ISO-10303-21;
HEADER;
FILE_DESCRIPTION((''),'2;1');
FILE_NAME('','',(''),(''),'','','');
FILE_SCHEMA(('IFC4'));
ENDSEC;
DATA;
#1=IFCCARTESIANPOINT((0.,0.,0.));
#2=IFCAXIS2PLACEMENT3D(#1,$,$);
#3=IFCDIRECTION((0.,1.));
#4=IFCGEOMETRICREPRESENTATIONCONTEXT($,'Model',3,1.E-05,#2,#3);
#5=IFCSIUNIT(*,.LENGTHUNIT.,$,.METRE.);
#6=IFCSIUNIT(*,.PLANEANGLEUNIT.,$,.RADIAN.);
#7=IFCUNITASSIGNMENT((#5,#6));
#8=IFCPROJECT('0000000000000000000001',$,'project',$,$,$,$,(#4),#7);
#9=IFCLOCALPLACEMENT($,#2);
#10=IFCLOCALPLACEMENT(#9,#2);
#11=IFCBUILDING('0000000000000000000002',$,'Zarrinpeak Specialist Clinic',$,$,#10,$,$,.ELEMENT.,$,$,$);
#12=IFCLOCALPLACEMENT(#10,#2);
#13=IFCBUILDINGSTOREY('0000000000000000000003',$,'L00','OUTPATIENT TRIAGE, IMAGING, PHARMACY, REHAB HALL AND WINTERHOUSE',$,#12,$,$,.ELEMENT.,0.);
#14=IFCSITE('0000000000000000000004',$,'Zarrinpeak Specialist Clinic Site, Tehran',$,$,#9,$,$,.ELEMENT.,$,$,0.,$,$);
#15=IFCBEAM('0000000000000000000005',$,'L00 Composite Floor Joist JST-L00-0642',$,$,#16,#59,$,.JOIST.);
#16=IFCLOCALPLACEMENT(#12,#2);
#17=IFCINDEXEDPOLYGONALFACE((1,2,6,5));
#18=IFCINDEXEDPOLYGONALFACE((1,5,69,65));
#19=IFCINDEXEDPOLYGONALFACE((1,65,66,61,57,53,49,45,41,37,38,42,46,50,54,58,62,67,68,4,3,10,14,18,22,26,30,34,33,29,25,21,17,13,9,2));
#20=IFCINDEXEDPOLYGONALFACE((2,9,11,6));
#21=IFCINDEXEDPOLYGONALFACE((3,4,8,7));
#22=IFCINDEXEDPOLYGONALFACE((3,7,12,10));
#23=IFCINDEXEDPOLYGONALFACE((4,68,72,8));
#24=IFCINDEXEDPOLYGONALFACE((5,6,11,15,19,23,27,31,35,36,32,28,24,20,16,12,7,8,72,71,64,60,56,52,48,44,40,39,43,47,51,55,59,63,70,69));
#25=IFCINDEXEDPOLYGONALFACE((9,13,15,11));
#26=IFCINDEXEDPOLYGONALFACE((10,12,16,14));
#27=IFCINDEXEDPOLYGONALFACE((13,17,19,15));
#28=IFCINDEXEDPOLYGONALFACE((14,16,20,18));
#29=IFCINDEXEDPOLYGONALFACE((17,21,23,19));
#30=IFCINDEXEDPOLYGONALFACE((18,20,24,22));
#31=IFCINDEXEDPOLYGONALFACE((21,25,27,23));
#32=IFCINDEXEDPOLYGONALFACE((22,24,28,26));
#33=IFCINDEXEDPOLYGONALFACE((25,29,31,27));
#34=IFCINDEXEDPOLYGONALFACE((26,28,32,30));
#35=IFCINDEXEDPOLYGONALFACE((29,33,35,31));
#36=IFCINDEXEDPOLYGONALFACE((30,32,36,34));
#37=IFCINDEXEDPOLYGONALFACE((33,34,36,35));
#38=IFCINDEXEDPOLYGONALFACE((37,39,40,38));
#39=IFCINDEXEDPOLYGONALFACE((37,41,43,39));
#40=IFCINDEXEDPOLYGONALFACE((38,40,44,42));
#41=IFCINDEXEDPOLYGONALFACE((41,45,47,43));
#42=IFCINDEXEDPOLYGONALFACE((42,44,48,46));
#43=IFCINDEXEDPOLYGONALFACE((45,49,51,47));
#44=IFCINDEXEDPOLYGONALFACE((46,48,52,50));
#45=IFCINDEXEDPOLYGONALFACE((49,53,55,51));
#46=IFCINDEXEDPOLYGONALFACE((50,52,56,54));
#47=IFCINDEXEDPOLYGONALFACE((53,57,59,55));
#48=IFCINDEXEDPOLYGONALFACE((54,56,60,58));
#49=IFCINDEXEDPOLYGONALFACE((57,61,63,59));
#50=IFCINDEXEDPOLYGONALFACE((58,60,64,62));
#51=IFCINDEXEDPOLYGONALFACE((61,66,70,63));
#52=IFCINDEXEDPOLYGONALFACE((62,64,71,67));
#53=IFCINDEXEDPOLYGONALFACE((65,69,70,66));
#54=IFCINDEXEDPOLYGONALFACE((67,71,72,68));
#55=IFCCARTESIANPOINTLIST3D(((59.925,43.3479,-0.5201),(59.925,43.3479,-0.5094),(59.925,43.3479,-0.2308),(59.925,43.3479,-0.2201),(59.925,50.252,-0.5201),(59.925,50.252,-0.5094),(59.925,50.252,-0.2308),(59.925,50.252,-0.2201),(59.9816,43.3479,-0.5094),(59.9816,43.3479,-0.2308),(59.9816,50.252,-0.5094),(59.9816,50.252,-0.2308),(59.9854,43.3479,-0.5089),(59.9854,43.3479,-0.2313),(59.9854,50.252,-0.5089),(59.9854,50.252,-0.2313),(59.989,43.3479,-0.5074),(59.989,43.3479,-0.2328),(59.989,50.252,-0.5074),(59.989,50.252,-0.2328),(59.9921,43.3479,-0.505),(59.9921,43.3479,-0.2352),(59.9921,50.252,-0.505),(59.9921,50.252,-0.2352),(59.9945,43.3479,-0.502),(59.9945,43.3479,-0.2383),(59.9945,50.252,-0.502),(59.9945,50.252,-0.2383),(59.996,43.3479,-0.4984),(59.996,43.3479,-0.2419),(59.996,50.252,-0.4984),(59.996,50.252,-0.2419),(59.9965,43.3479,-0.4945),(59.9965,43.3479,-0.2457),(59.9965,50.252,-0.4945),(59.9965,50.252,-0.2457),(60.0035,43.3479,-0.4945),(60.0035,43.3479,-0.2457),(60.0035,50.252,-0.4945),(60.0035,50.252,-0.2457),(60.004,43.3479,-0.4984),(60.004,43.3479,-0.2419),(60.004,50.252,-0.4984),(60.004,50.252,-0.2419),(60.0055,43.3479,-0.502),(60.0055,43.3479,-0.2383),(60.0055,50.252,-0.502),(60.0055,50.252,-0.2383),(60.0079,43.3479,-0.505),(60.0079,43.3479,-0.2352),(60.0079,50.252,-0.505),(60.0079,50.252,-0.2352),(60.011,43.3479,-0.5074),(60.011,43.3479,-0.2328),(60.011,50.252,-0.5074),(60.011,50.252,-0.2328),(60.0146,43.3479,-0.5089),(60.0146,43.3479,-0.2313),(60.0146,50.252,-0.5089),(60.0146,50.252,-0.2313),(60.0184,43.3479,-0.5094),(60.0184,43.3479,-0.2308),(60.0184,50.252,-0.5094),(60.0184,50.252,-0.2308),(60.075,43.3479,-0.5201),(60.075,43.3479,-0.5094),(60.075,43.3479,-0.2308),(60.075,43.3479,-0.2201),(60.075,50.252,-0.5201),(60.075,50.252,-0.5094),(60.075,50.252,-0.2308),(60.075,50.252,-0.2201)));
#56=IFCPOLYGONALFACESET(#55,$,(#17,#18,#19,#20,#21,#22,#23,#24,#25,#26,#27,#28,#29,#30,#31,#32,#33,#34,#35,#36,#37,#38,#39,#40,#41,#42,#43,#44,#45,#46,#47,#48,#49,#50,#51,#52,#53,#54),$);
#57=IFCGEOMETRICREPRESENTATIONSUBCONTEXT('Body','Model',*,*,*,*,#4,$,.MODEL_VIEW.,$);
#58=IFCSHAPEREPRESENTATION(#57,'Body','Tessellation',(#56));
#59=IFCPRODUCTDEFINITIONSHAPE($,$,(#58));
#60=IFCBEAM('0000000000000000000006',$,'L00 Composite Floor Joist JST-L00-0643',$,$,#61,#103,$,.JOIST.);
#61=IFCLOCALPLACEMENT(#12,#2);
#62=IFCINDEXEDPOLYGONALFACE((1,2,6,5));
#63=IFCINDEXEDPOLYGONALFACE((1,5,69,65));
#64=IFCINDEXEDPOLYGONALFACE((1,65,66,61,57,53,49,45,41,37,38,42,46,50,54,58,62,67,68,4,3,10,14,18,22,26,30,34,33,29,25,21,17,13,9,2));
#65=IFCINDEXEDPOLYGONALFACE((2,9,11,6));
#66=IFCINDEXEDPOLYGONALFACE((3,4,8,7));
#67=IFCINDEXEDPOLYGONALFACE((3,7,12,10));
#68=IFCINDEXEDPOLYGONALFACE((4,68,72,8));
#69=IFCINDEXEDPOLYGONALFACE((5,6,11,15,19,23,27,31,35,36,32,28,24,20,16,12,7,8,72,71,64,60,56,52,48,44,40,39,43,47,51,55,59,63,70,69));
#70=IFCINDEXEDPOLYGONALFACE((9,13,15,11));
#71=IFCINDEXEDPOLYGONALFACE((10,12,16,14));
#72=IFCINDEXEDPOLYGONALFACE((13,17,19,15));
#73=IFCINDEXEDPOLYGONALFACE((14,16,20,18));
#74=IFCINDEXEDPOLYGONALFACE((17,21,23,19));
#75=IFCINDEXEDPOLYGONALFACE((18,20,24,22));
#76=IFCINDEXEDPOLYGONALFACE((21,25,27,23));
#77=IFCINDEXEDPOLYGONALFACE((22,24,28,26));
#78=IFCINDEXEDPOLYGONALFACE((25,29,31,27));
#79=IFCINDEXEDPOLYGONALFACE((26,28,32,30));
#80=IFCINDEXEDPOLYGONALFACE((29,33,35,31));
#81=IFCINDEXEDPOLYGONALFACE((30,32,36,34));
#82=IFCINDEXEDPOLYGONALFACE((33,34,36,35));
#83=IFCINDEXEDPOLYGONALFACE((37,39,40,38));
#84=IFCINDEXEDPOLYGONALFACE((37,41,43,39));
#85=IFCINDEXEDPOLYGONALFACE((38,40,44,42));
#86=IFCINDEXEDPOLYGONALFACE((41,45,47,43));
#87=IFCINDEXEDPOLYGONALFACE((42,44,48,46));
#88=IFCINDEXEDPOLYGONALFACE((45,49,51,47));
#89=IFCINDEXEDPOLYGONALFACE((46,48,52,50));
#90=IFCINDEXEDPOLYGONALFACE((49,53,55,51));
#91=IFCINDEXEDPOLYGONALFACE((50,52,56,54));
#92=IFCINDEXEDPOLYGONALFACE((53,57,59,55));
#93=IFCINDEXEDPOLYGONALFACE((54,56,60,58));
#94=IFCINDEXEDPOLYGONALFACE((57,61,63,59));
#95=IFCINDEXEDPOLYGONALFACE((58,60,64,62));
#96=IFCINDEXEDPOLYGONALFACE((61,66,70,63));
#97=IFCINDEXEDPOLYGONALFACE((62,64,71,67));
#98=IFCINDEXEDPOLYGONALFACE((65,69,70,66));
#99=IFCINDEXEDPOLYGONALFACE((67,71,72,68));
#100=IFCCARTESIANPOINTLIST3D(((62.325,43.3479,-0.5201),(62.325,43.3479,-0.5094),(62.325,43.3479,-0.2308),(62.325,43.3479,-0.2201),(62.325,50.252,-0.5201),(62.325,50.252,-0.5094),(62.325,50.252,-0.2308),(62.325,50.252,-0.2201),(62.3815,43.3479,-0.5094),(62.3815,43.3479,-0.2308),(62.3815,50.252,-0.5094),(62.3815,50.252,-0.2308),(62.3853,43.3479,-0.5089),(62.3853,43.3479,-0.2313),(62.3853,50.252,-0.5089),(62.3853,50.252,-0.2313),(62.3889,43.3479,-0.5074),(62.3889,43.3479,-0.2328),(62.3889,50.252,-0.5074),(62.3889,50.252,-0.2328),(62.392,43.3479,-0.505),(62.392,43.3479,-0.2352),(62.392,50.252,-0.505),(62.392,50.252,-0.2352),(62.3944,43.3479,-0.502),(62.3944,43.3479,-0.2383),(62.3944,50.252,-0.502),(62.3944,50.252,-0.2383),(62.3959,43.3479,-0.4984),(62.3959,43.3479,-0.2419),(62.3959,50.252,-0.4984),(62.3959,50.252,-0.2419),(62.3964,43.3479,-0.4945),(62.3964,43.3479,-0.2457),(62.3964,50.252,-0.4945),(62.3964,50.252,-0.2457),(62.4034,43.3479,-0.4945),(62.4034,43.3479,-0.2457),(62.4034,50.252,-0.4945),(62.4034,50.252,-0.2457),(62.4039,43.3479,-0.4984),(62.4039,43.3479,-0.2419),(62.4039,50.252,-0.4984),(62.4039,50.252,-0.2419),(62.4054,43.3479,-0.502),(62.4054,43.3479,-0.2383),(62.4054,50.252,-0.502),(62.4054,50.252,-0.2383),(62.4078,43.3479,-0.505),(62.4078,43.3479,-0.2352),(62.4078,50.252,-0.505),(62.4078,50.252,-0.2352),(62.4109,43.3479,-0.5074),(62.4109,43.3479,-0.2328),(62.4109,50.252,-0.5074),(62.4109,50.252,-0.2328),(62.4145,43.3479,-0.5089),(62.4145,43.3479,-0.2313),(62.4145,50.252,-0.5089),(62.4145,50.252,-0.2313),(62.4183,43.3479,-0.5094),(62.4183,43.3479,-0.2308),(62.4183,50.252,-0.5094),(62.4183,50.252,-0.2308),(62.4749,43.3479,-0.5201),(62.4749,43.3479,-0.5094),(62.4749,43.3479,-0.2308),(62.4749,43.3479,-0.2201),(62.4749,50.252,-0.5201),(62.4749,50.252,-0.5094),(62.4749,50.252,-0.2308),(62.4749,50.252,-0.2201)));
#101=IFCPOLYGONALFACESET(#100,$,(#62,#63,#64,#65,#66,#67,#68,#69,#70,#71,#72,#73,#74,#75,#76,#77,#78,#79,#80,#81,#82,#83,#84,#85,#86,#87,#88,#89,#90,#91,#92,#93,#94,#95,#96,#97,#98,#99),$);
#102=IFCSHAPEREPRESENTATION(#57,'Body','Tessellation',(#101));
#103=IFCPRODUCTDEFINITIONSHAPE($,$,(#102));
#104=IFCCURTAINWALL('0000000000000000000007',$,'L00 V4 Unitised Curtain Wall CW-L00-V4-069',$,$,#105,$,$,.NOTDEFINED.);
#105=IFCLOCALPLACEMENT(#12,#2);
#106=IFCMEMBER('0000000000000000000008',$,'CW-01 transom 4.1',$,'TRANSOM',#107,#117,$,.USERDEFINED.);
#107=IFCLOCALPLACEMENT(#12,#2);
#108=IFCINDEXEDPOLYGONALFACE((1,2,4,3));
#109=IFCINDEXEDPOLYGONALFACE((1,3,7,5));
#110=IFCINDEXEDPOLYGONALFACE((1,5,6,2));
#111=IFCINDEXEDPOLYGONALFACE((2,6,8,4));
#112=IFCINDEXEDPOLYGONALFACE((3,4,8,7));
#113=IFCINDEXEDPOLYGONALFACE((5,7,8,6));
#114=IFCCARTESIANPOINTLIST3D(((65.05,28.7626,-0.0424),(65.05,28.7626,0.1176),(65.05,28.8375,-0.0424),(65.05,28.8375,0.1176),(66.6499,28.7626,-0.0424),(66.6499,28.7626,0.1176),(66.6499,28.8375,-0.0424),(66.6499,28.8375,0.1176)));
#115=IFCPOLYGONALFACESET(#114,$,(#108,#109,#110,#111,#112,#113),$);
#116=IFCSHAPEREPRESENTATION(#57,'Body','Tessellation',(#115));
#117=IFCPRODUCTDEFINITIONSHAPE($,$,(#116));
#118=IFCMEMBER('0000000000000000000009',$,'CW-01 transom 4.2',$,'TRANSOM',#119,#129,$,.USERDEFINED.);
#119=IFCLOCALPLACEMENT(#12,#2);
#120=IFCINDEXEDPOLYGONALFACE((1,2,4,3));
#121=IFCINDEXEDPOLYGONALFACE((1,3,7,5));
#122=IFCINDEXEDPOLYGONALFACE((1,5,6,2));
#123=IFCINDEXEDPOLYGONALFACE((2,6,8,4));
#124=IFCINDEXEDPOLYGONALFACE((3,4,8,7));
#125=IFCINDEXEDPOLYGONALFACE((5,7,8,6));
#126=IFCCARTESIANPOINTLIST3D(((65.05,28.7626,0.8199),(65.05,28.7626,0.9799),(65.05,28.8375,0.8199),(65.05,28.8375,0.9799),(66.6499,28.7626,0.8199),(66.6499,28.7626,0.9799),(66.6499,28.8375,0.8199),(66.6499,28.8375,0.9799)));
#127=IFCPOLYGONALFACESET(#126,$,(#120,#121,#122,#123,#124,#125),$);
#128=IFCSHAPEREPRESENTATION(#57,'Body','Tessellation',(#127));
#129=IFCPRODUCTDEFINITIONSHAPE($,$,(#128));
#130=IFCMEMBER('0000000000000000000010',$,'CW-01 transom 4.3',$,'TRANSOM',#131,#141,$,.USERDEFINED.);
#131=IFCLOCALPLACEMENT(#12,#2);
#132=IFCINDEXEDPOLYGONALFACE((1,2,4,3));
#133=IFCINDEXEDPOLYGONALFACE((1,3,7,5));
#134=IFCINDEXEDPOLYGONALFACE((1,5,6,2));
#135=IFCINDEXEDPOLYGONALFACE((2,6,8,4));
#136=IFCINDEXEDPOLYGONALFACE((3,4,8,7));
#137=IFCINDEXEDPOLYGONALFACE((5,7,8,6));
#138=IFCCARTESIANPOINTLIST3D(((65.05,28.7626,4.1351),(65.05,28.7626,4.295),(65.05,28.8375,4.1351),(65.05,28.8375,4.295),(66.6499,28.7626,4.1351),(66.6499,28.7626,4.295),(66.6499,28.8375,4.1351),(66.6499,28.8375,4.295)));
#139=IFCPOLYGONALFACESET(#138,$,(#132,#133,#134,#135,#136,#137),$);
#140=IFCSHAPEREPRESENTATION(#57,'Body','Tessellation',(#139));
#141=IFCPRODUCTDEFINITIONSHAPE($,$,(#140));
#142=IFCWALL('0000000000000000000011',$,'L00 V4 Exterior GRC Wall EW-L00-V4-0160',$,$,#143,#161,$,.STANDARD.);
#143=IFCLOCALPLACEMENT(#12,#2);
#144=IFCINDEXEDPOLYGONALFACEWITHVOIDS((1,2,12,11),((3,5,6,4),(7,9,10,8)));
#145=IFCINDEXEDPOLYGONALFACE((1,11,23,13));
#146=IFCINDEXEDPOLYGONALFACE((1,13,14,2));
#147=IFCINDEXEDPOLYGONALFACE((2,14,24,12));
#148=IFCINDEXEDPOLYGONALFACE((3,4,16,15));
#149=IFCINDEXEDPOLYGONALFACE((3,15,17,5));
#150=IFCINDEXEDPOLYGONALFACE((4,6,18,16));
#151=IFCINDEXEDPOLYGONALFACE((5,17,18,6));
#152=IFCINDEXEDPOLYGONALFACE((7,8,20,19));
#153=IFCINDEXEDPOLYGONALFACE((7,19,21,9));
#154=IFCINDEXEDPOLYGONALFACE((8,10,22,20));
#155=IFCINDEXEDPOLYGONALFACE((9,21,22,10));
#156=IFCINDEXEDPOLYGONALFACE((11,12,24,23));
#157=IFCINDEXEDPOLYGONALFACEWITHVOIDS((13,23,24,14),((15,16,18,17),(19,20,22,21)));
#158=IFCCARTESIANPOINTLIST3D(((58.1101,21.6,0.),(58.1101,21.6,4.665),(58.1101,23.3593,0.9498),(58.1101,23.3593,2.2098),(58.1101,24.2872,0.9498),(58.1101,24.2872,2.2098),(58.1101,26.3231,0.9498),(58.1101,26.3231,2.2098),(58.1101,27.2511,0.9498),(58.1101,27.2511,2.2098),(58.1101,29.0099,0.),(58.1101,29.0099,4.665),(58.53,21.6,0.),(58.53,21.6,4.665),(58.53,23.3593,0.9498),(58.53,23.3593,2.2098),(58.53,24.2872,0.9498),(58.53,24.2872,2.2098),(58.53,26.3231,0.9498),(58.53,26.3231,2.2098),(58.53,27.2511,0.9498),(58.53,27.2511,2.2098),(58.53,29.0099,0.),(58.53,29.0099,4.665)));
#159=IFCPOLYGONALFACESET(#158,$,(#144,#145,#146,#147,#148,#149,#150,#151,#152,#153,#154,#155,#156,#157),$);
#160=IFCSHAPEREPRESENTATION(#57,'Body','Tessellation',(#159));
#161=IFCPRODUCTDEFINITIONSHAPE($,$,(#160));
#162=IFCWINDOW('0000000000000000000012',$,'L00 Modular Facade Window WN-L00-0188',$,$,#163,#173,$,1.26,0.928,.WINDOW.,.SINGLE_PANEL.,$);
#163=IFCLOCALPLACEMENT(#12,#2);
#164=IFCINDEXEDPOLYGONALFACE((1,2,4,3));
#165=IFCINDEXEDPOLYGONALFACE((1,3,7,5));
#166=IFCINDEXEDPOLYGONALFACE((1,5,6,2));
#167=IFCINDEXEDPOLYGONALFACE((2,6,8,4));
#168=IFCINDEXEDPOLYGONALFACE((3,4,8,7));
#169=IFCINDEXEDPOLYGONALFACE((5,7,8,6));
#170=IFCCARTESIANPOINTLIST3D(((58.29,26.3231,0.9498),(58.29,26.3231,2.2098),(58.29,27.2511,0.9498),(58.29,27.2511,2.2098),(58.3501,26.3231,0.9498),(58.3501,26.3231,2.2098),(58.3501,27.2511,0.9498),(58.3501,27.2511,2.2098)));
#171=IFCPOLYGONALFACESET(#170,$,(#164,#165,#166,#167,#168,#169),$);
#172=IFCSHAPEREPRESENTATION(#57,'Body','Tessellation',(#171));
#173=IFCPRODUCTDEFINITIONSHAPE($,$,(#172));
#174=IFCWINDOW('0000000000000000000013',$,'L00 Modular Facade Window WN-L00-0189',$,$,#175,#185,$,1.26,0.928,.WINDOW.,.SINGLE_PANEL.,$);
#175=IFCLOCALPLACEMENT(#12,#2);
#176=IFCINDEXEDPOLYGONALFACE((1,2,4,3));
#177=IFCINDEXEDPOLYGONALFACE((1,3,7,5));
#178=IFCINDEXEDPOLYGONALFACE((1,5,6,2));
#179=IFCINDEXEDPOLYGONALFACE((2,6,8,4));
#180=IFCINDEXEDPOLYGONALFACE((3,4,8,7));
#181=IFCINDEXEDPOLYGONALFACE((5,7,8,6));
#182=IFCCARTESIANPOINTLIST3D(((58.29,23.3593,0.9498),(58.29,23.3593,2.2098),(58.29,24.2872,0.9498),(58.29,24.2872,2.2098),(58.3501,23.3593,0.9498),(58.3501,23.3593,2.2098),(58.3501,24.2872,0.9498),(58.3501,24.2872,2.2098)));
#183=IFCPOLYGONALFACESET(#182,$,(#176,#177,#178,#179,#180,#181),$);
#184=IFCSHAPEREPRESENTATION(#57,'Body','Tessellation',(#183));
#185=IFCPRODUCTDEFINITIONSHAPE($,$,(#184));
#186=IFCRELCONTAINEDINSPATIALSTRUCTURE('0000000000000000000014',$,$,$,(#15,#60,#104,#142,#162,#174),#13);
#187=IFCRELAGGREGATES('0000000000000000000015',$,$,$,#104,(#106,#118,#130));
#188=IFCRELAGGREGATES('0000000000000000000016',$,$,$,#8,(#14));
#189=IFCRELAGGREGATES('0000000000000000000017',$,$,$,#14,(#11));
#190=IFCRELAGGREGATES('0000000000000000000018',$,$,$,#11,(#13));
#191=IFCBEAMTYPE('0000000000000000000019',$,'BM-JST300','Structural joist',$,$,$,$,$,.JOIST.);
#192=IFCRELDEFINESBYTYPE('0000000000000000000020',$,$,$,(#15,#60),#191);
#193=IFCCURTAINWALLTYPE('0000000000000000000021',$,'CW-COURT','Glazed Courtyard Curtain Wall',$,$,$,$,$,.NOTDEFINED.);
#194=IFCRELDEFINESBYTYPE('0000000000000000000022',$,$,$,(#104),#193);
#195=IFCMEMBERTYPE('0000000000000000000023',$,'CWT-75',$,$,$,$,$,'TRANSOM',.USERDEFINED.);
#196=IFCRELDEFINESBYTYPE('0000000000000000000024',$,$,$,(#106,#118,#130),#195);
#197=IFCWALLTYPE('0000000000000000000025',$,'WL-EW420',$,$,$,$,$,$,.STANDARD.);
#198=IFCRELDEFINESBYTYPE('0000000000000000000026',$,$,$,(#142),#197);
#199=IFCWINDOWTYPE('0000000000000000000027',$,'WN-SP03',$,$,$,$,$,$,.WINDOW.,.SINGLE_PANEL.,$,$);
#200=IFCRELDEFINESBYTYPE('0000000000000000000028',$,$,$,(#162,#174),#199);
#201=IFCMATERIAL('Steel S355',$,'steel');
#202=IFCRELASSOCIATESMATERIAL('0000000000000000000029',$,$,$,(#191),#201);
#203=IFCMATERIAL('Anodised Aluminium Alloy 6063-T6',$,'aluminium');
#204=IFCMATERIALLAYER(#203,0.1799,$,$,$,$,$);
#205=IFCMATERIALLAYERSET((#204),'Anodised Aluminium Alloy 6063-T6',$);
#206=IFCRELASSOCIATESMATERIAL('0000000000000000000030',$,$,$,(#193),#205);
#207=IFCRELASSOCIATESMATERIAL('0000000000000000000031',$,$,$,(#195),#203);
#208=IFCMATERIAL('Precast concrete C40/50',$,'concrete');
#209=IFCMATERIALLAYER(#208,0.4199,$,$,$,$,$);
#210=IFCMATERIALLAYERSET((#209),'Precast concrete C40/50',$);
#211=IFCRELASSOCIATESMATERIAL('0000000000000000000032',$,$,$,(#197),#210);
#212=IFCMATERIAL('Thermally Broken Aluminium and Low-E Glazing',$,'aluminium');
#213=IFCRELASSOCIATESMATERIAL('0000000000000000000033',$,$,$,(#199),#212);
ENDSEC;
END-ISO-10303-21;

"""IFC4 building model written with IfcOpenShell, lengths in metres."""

from ifc_helpers import new_model, si_unit, direction, frame, frame_2d, origin, origin_2d, place, context, subcontext, project, spatial, rectangle, i_section, extrude, material, layer, layer_set, material_profile, profile_set, type_object, element, fill, aggregate, save


model = new_model("IFC4")

# Units and contexts
model_context = context("Model", 3, precision=1e-05, world=origin(), true_north=direction((0.0, 1.0)))
body_context = subcontext(model_context, "Body", "Model", "MODEL_VIEW")
ifc_project = project(units=[si_unit("LENGTHUNIT", "METRE"), si_unit("PLANEANGLEUNIT", "RADIAN")], contexts=[model_context])

# Site, building, storey
site_placement = place(None, origin())
site = spatial("IfcSite", under=ifc_project, at=site_placement, Name="Zarrinpeak Specialist Clinic Site, Tehran", CompositionType="ELEMENT", RefElevation=0.0)
building_placement = place(site_placement, origin())
building = spatial("IfcBuilding", under=site, at=building_placement, Name="Zarrinpeak Specialist Clinic", CompositionType="ELEMENT")
storey_placement = place(building_placement, origin())
storey = spatial("IfcBuildingStorey", under=building, at=storey_placement, Name="L00", Description="OUTPATIENT TRIAGE, IMAGING, PHARMACY, REHAB HALL AND WINTERHOUSE", CompositionType="ELEMENT", Elevation=0.0)

# Beams
ifc_material_1 = material(Name="Steel S355", Category="steel")
ifc_material_profile_1 = material_profile(ifc_material_1, i_section(OverallWidth=0.1499, OverallDepth=0.3, WebThickness=0.0071, FlangeThickness=0.0107, FilletRadius=0.0149, at=origin_2d()), Name="IPE 300")
ifc_profile_set_1 = profile_set([ifc_material_profile_1], Name="Steel S355")
beam_type_1 = type_object("IfcBeamType", Name="BM-JST300", Description="Structural joist", PredefinedType="JOIST", material=ifc_profile_set_1)
for number, where, z_axis, x_axis, name in (
    (1, (60.0, 43.3479, -0.3701), (0.0, 1.0, 0.0), (-1.0, 0.0, 0.0), "L00 Composite Floor Joist JST-L00-0642"),
    (2, (62.3999, 43.3479, -0.3701), (0.0, 1.0, 0.0), (-1.0, 0.0, 0.0), "L00 Composite Floor Joist JST-L00-0643"),
):
    element("IfcBeam", number, at=place(storey_placement, frame(where, z_axis=z_axis, x_axis=x_axis)), inside=storey, type_object=beam_type_1, Name=name, PredefinedType="JOIST", context=body_context, shape_type="SweptSolid", body=[
        extrude(i_section(OverallWidth=0.1499, OverallDepth=0.3, WebThickness=0.0071, FlangeThickness=0.0107, FilletRadius=0.0149, at=origin_2d()), origin(), (0.0, 0.0, 1.0), 6.9041),
    ])

# Curtain wall, members
ifc_material_2 = material(Name="Anodised Aluminium Alloy 6063-T6", Category="aluminium")
ifc_layer_1 = layer(ifc_material_2, 0.1799)
ifc_layer_set_1 = layer_set([ifc_layer_1], Name="Anodised Aluminium Alloy 6063-T6")
curtain_wall_type = type_object("IfcCurtainWallType", Name="CW-COURT", Description="Glazed Courtyard Curtain Wall", PredefinedType="NOTDEFINED", material=ifc_layer_set_1)
curtain_wall_placement = place(storey_placement, origin())
curtain_wall = element("IfcCurtainWall", 3, at=curtain_wall_placement, inside=storey, type_object=curtain_wall_type, Name="L00 V4 Unitised Curtain Wall CW-L00-V4-069", PredefinedType="NOTDEFINED")
ifc_material_profile_2 = material_profile(ifc_material_2, rectangle(XDim=0.075, YDim=0.1599, at=origin_2d()), Name="ALU 75x160")
ifc_profile_set_2 = profile_set([ifc_material_profile_2], Name="Anodised Aluminium Alloy 6063-T6")
member_type = type_object("IfcMemberType", Name="CWT-75", ElementType="TRANSOM", PredefinedType="USERDEFINED", material=ifc_profile_set_2)
member_1_placement = place(storey_placement, frame((66.6499, 28.8, 0.0376), z_axis=(-1.0, 0.0, 0.0), x_axis=(0.0, -1.0, 0.0)))
member_1 = element("IfcMember", 4, at=member_1_placement, type_object=member_type, Name="CW-01 transom 4.1", ObjectType="TRANSOM", PredefinedType="USERDEFINED", context=body_context, shape_type="SweptSolid", body=[
    extrude(rectangle(XDim=0.075, YDim=0.1599, at=origin_2d()), origin(), (0.0, 0.0, 1.0), 1.5999),
])
member_2_placement = place(storey_placement, frame((66.6499, 28.8, 0.8999), z_axis=(-1.0, 0.0, 0.0), x_axis=(0.0, -1.0, 0.0)))
member_2 = element("IfcMember", 5, at=member_2_placement, type_object=member_type, Name="CW-01 transom 4.2", ObjectType="TRANSOM", PredefinedType="USERDEFINED", context=body_context, shape_type="SweptSolid", body=[
    extrude(rectangle(XDim=0.075, YDim=0.1599, at=origin_2d()), origin(), (0.0, 0.0, 1.0), 1.5999),
])
member_3_placement = place(storey_placement, frame((66.6499, 28.8, 4.2151), z_axis=(-1.0, 0.0, 0.0), x_axis=(0.0, -1.0, 0.0)))
member_3 = element("IfcMember", 6, at=member_3_placement, type_object=member_type, Name="CW-01 transom 4.3", ObjectType="TRANSOM", PredefinedType="USERDEFINED", context=body_context, shape_type="SweptSolid", body=[
    extrude(rectangle(XDim=0.075, YDim=0.1599, at=origin_2d()), origin(), (0.0, 0.0, 1.0), 1.5999),
])
aggregate(curtain_wall, [member_1, member_2, member_3])

# Wall, openings, windows
ifc_material_3 = material(Name="Precast concrete C40/50", Category="concrete")
ifc_layer_2 = layer(ifc_material_3, 0.4199)
ifc_layer_set_2 = layer_set([ifc_layer_2], Name="Precast concrete C40/50")
wall_type = type_object("IfcWallType", Name="WL-EW420", PredefinedType="STANDARD", material=ifc_layer_set_2)
wall_placement = place(storey_placement, frame((58.3201, 29.01, 0.0), z_axis=(0.0, 0.0, 1.0), x_axis=(0.0, -1.0, 0.0)))
wall = element("IfcWall", 7, at=wall_placement, inside=storey, type_object=wall_type, Name="L00 V4 Exterior GRC Wall EW-L00-V4-0160", PredefinedType="STANDARD", context=body_context, shape_type="SweptSolid", body=[
    extrude(rectangle(XDim=7.4099, YDim=0.4199, at=frame_2d((3.7051, 0.0))), origin(), (0.0, 0.0, 1.0), 4.665),
])
opening_1_placement = place(wall_placement, frame((1.759, 0.0, 0.95)))
opening_1 = element("IfcOpeningElement", 8, at=opening_1_placement, cuts=wall, PredefinedType="OPENING", context=body_context, shape_type="SweptSolid", body=[
    extrude(rectangle(XDim=0.928, YDim=1.26, at=frame_2d((0.4639, 0.6299))), frame((0.0, 0.22, 0.0), z_axis=(0.0, -1.0, 0.0), x_axis=(1.0, 0.0, 0.0)), (0.0, 0.0, 1.0), 0.4399),
])
opening_2_placement = place(wall_placement, frame((4.7229, 0.0, 0.95)))
opening_2 = element("IfcOpeningElement", 9, at=opening_2_placement, cuts=wall, PredefinedType="OPENING", context=body_context, shape_type="SweptSolid", body=[
    extrude(rectangle(XDim=0.928, YDim=1.26, at=frame_2d((0.4639, 0.6299))), frame((0.0, 0.22, 0.0), z_axis=(0.0, -1.0, 0.0), x_axis=(1.0, 0.0, 0.0)), (0.0, 0.0, 1.0), 0.4399),
])
ifc_material_4 = material(Name="Thermally Broken Aluminium and Low-E Glazing", Category="aluminium")
window_type = type_object("IfcWindowType", Name="WN-SP03", PartitioningType="SINGLE_PANEL", PredefinedType="WINDOW", material=ifc_material_4)
window_1_placement = place(opening_1_placement, origin())
window_1 = element("IfcWindow", 10, at=window_1_placement, inside=storey, type_object=window_type, Name="L00 Modular Facade Window WN-L00-0188", OverallHeight=1.26, OverallWidth=0.928, PartitioningType="SINGLE_PANEL", PredefinedType="WINDOW", context=body_context, shape_type="SweptSolid", body=[
    extrude(rectangle(XDim=0.928, YDim=1.26, at=frame_2d((0.4639, 0.6299))), frame((0.0, 0.03, 0.0), z_axis=(0.0, -1.0, 0.0), x_axis=(1.0, 0.0, 0.0)), (0.0, 0.0, 1.0), 0.0601),
])
fill(opening_1, window_1)
window_2_placement = place(opening_2_placement, origin())
window_2 = element("IfcWindow", 11, at=window_2_placement, inside=storey, type_object=window_type, Name="L00 Modular Facade Window WN-L00-0189", OverallHeight=1.26, OverallWidth=0.928, PartitioningType="SINGLE_PANEL", PredefinedType="WINDOW", context=body_context, shape_type="SweptSolid", body=[
    extrude(rectangle(XDim=0.928, YDim=1.26, at=frame_2d((0.4639, 0.6299))), frame((0.0, 0.03, 0.0), z_axis=(0.0, -1.0, 0.0), x_axis=(1.0, 0.0, 0.0)), (0.0, 0.0, 1.0), 0.0601),
])
fill(opening_2, window_2)

save(model, "model.ifc")
